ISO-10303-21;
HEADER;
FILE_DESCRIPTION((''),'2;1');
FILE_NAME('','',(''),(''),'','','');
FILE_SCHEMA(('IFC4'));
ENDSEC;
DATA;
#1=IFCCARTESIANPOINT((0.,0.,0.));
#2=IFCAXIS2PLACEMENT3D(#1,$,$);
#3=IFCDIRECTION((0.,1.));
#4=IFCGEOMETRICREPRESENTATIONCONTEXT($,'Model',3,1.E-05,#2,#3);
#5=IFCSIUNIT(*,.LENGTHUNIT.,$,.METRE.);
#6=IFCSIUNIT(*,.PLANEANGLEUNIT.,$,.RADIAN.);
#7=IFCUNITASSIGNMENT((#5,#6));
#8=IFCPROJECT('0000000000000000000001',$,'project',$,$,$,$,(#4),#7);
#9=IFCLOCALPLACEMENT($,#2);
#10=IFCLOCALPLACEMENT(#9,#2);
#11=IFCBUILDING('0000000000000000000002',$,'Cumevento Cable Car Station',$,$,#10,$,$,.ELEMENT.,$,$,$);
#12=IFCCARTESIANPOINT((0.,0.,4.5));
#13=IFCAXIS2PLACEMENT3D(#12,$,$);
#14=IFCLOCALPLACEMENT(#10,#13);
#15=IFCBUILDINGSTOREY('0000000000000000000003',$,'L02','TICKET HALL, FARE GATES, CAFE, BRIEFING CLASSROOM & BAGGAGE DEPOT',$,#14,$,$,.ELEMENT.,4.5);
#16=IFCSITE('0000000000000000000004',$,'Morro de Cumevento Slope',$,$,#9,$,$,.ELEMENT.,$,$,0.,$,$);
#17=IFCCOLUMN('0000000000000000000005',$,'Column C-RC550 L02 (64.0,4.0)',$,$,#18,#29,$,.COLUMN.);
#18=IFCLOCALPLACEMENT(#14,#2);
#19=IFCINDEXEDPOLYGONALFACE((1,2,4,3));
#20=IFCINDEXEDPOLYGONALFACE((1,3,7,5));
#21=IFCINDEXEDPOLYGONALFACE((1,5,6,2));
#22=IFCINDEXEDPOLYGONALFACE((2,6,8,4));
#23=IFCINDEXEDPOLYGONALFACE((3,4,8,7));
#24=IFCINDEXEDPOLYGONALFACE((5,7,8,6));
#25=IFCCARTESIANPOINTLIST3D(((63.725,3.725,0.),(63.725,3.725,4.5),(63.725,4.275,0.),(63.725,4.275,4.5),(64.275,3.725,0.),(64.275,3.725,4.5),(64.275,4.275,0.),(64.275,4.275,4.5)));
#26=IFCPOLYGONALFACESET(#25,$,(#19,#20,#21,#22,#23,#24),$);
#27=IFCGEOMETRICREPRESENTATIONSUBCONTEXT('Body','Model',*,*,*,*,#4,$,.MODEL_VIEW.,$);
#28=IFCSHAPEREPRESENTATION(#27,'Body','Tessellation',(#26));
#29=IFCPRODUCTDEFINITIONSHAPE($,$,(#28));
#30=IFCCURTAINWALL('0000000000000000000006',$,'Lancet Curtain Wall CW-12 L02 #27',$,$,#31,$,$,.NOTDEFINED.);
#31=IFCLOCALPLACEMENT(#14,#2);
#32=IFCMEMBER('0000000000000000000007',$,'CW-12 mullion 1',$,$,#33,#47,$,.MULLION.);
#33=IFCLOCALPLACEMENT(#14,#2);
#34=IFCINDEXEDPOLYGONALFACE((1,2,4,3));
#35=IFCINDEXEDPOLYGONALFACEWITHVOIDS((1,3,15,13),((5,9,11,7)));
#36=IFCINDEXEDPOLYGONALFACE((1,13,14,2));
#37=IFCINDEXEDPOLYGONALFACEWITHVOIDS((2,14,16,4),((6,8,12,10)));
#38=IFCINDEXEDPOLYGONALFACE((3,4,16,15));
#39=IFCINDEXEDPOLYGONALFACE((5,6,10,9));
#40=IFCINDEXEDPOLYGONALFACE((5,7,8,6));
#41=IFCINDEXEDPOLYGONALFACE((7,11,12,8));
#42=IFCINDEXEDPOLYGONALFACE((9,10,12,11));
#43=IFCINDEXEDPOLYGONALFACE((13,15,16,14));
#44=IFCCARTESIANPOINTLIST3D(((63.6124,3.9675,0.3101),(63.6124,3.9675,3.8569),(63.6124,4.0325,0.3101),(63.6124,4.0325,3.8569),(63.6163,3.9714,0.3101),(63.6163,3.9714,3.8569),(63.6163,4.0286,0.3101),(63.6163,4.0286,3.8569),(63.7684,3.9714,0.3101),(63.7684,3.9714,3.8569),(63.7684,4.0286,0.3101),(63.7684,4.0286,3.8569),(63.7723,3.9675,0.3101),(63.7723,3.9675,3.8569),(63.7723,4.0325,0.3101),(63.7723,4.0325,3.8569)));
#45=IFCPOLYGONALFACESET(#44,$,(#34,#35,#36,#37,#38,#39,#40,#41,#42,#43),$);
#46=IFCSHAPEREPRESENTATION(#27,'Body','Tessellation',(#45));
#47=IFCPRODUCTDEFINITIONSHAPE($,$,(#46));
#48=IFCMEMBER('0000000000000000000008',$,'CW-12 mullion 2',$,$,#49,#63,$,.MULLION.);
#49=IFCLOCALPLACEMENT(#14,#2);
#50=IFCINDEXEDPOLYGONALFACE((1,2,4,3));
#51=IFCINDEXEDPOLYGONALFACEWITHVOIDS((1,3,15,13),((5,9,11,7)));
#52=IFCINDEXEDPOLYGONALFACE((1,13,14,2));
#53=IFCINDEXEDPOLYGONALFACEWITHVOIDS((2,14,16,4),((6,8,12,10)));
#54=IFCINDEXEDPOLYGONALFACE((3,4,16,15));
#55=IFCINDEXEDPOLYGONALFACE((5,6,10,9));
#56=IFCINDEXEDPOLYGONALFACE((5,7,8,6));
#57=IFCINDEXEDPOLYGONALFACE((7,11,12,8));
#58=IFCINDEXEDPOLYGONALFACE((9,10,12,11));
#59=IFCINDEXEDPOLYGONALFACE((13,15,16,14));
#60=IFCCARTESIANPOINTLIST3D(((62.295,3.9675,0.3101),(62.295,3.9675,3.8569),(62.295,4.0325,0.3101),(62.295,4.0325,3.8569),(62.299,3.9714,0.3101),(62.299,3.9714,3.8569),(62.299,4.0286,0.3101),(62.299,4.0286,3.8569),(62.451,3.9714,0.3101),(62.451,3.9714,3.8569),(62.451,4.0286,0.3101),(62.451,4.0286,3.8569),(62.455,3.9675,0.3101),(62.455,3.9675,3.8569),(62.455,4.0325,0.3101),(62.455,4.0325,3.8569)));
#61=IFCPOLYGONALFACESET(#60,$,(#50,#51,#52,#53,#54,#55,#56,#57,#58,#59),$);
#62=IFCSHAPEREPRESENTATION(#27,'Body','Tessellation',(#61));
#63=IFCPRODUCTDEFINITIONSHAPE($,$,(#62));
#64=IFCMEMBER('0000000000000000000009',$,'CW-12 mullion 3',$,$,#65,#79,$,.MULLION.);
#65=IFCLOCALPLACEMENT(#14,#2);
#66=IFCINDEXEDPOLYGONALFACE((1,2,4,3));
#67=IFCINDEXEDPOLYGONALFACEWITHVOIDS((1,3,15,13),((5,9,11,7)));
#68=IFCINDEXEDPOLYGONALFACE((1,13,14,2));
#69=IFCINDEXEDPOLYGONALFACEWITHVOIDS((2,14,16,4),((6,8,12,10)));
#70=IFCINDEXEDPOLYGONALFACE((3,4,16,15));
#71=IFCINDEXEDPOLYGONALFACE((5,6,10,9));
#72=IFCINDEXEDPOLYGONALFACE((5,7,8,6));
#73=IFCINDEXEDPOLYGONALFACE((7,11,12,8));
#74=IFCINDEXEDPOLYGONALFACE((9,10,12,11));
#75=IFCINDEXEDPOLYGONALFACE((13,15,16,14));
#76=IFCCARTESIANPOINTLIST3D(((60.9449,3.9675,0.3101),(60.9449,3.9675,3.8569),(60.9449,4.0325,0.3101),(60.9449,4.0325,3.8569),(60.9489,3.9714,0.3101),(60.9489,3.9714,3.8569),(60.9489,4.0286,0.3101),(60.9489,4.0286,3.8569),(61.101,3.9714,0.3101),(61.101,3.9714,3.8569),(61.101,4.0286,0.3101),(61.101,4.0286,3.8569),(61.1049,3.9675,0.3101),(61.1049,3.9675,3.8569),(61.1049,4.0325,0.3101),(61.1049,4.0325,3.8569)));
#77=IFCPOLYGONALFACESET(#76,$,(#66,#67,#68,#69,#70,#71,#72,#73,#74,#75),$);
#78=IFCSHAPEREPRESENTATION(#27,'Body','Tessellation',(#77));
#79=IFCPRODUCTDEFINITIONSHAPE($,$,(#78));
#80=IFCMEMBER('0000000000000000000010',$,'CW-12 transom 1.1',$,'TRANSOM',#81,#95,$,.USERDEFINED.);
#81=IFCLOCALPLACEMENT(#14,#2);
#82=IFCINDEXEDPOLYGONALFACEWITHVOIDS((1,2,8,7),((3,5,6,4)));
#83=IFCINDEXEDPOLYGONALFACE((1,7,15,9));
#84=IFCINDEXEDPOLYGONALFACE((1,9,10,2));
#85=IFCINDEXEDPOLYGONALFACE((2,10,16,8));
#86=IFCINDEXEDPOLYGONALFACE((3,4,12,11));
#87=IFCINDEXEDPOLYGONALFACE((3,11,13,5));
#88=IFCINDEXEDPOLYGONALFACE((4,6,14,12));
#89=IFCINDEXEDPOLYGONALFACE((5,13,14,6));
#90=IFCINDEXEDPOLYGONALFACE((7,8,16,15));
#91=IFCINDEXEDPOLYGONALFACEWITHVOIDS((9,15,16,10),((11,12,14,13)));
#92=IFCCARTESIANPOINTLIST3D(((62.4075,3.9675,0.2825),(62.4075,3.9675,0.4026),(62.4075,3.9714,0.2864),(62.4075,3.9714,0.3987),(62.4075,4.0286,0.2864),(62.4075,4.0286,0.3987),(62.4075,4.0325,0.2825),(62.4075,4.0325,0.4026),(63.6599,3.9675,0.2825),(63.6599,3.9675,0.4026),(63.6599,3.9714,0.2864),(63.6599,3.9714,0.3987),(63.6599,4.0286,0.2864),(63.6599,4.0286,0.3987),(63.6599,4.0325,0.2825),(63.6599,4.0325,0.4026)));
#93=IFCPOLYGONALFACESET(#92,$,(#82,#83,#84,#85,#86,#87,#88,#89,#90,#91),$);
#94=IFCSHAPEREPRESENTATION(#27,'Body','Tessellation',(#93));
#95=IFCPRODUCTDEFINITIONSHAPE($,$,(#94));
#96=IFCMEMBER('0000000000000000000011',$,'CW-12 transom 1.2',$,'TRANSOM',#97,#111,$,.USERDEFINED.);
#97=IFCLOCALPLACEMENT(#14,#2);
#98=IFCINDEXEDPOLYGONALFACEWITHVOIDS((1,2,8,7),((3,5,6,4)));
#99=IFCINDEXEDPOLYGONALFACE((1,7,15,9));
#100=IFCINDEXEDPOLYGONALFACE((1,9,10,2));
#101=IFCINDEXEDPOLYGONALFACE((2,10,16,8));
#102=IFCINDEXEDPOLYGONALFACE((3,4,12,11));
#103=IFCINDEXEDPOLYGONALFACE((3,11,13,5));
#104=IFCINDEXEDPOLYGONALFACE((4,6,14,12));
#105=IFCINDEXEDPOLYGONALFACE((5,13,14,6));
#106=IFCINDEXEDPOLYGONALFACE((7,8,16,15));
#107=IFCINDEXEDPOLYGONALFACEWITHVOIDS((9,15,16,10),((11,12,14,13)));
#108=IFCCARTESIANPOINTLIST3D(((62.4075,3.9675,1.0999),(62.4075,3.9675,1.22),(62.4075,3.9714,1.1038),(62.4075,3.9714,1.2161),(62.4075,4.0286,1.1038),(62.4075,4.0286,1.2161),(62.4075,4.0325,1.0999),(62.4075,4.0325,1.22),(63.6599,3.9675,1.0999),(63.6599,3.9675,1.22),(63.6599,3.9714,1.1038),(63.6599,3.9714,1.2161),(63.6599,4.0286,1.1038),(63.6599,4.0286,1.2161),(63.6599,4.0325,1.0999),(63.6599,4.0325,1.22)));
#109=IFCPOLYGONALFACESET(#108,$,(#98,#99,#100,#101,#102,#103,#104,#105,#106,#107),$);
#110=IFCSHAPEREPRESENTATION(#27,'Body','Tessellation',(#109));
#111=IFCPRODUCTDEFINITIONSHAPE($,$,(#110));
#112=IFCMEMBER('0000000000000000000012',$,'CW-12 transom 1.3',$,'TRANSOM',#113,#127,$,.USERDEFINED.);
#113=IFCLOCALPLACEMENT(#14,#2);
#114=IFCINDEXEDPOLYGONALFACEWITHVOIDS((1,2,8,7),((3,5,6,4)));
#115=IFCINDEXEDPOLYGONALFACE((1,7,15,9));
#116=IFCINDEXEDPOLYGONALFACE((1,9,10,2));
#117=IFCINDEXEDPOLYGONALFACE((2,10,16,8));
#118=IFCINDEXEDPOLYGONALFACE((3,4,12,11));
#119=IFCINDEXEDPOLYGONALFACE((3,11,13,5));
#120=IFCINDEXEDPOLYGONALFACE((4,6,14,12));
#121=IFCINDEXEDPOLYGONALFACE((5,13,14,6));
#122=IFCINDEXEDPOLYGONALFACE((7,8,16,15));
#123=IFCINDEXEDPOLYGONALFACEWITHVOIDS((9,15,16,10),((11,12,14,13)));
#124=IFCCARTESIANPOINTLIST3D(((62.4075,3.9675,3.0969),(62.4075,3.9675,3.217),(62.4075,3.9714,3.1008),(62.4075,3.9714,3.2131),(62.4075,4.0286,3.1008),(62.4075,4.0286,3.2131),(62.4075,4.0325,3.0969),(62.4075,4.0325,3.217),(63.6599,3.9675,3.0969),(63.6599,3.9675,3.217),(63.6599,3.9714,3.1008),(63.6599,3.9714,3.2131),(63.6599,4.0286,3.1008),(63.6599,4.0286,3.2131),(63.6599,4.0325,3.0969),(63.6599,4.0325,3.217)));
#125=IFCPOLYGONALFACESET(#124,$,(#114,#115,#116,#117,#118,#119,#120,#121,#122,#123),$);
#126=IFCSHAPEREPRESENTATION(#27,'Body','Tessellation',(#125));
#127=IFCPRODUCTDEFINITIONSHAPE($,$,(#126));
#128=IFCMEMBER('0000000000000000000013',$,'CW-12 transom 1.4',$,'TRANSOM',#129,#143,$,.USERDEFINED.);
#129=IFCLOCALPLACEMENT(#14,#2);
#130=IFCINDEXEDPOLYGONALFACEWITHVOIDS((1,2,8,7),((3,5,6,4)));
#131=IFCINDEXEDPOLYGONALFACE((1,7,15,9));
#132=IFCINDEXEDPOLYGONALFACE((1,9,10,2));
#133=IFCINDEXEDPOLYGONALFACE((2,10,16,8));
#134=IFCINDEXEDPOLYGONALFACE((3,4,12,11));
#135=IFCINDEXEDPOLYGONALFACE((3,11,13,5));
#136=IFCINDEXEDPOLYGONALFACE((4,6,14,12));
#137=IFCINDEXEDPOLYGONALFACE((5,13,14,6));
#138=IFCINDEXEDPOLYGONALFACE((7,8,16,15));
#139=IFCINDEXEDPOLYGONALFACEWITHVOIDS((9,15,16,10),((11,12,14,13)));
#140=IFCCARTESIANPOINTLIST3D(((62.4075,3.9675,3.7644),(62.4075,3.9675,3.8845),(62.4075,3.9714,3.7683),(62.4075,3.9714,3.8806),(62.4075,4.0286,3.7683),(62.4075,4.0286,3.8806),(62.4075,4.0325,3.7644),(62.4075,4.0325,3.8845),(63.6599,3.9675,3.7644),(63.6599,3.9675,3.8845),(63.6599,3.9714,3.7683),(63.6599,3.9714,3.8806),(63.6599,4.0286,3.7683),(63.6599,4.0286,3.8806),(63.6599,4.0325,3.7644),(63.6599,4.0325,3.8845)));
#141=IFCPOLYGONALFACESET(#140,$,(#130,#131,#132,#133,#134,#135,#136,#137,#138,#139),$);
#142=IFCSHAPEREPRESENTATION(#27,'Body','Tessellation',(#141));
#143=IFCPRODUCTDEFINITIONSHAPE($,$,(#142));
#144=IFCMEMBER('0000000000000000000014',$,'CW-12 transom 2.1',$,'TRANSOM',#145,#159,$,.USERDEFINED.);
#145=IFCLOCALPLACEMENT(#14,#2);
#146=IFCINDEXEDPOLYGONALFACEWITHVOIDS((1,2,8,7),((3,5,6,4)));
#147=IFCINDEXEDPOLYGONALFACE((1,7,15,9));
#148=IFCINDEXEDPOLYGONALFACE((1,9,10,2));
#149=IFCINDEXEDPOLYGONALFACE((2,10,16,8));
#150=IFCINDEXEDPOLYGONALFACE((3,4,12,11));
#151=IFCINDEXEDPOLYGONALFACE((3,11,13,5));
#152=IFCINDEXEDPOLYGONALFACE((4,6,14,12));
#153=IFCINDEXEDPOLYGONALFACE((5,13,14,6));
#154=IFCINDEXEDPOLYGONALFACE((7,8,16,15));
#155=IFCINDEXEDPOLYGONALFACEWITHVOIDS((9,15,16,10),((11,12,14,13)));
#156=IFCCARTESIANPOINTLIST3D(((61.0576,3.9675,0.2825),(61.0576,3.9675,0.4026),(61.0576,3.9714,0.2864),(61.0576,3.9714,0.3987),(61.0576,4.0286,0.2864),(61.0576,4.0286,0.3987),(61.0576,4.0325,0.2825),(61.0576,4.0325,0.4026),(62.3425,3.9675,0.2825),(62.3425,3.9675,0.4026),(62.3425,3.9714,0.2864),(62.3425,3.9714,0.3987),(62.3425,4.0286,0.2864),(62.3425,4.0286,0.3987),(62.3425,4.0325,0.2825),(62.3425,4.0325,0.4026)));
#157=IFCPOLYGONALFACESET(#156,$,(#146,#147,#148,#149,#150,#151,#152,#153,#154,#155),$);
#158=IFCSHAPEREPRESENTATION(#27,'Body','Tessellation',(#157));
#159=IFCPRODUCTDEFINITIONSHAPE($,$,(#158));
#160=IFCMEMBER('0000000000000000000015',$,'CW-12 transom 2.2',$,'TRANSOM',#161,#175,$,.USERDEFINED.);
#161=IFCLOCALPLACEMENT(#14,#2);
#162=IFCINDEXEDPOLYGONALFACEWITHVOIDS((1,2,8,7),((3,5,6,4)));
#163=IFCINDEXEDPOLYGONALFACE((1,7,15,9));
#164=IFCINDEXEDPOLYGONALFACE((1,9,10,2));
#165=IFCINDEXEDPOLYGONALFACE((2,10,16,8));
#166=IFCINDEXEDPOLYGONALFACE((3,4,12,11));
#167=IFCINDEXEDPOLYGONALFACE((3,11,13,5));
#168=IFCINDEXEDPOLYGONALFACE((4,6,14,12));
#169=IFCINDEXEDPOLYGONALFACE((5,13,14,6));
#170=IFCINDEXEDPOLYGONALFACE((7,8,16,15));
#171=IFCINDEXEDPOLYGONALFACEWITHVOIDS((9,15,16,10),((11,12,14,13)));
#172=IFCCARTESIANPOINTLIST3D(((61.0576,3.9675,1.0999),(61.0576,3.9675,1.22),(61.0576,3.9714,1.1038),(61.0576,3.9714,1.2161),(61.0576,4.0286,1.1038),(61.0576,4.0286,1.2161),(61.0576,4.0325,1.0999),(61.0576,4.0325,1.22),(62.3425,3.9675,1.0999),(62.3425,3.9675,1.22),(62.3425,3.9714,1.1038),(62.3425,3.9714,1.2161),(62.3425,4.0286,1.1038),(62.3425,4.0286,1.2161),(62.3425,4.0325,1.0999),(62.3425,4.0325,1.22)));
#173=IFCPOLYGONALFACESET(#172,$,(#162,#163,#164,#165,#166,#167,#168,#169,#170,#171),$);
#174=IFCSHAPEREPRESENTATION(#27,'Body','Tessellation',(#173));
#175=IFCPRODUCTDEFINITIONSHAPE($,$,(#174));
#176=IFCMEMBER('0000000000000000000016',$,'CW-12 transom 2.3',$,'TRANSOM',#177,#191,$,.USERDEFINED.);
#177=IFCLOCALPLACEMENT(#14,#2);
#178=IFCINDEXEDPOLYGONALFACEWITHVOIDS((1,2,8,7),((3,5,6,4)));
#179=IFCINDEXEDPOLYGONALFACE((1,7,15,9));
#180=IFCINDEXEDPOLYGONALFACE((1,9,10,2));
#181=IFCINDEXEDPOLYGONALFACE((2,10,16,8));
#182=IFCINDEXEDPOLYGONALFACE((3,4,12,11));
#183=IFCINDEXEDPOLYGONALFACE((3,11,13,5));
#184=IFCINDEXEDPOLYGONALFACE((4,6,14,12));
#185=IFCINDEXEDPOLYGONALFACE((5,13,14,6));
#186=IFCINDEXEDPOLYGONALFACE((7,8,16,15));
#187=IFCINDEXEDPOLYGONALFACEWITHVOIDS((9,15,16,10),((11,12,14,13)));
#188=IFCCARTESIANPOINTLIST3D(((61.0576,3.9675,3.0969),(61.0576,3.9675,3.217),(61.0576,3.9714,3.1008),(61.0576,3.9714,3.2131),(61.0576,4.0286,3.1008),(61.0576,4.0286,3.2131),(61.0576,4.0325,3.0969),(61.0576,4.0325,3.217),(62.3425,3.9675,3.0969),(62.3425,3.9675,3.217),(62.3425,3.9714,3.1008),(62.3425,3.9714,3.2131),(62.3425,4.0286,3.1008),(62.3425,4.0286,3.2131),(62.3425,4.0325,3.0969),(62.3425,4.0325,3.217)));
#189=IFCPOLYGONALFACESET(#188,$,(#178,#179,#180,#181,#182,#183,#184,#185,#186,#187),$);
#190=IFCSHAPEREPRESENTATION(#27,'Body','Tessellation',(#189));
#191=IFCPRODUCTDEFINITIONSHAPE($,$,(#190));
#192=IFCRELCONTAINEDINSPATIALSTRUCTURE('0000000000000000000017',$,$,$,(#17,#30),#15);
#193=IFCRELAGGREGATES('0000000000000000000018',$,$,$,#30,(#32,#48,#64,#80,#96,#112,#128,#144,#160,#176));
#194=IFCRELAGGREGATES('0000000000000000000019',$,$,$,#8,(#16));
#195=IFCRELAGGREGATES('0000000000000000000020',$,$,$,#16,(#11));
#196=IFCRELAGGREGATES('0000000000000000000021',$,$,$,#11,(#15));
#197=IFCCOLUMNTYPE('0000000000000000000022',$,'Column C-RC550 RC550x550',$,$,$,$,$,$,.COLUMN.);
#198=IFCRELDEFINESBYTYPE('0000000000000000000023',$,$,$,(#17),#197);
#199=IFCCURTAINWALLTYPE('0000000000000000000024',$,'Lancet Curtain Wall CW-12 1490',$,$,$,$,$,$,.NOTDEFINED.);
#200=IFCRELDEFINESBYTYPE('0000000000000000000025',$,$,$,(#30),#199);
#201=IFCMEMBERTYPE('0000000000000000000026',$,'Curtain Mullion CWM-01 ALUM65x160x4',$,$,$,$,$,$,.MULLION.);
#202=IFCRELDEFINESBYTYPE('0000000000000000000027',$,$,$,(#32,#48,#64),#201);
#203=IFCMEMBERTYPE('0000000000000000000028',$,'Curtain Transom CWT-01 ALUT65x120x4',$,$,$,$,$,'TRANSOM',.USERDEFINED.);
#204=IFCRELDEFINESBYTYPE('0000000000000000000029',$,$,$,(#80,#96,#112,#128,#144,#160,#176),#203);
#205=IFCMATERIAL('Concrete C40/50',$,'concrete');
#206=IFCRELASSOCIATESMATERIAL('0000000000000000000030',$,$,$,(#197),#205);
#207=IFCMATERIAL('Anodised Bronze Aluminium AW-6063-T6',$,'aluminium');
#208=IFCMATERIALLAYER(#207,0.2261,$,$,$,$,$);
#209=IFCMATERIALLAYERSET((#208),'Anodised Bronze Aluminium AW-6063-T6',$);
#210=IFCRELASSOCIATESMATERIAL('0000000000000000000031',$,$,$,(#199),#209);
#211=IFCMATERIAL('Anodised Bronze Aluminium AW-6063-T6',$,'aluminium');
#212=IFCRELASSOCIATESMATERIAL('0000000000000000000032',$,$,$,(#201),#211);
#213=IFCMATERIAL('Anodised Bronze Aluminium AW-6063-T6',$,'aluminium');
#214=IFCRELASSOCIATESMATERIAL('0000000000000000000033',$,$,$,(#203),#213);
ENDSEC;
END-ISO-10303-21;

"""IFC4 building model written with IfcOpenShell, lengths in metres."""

from ifc_helpers import new_model, si_unit, direction, frame, origin, origin_2d, place, context, subcontext, project, spatial, rectangle, hollow_rectangle, extrude, material, layer, layer_set, material_profile, profile_set, type_object, element, aggregate, save


model = new_model("IFC4")

# Units and contexts
model_context = context("Model", 3, precision=1e-05, world=origin(), true_north=direction((0.0, 1.0)))
body_context = subcontext(model_context, "Body", "Model", "MODEL_VIEW")
ifc_project = project(units=[si_unit("LENGTHUNIT", "METRE"), si_unit("PLANEANGLEUNIT", "RADIAN")], contexts=[model_context])

# Site, building, storey
site_placement = place(None, origin())
site = spatial("IfcSite", under=ifc_project, at=site_placement, Name="Morro de Cumevento Slope", CompositionType="ELEMENT", RefElevation=0.0)
building_placement = place(site_placement, origin())
building = spatial("IfcBuilding", under=site, at=building_placement, Name="Cumevento Cable Car Station", CompositionType="ELEMENT")
storey_placement = place(building_placement, frame((0.0, 0.0, 4.5)))
storey = spatial("IfcBuildingStorey", under=building, at=storey_placement, Name="L02", Description="TICKET HALL, FARE GATES, CAFE, BRIEFING CLASSROOM & BAGGAGE DEPOT", CompositionType="ELEMENT", Elevation=4.5)

# Column
ifc_material_1 = material(Name="Concrete C40/50", Category="concrete")
ifc_material_profile_1 = material_profile(ifc_material_1, rectangle(XDim=0.55, YDim=0.55, at=origin_2d()), Name="RC550x550")
ifc_profile_set_1 = profile_set([ifc_material_profile_1], Name="Concrete C40/50")
column_type = type_object("IfcColumnType", Name="Column C-RC550 RC550x550", PredefinedType="COLUMN", material=ifc_profile_set_1)
column_placement = place(storey_placement, frame((64.0, 4.0, 0.0), z_axis=(0.0, 0.0, 1.0), x_axis=(1.0, 0.0, 0.0)))
element("IfcColumn", 1, at=column_placement, inside=storey, type_object=column_type, Name="Column C-RC550 L02 (64.0,4.0)", PredefinedType="COLUMN", context=body_context, shape_type="SweptSolid", body=[
    extrude(rectangle(XDim=0.55, YDim=0.55, at=origin_2d()), origin(), (0.0, 0.0, 1.0), 4.5),
])

# Curtain wall, members
ifc_material_2 = material(Name="Anodised Bronze Aluminium AW-6063-T6", Category="aluminium")
ifc_layer_1 = layer(ifc_material_2, 0.2261)
ifc_layer_set_1 = layer_set([ifc_layer_1], Name="Anodised Bronze Aluminium AW-6063-T6")
curtain_wall_type = type_object("IfcCurtainWallType", Name="Lancet Curtain Wall CW-12 1490", PredefinedType="NOTDEFINED", material=ifc_layer_set_1)
curtain_wall_placement = place(storey_placement, origin())
curtain_wall = element("IfcCurtainWall", 2, at=curtain_wall_placement, inside=storey, type_object=curtain_wall_type, Name="Lancet Curtain Wall CW-12 L02 #27", PredefinedType="NOTDEFINED")
ifc_material_3 = material(Name="Anodised Bronze Aluminium AW-6063-T6", Category="aluminium")
ifc_material_profile_2 = material_profile(ifc_material_3, hollow_rectangle(XDim=0.0649, YDim=0.1599, WallThickness=0.0039, at=origin_2d()), Name="ALUM65x160x4")
ifc_profile_set_2 = profile_set([ifc_material_profile_2], Name="Anodised Bronze Aluminium AW-6063-T6")
member_type_1 = type_object("IfcMemberType", Name="Curtain Mullion CWM-01 ALUM65x160x4", PredefinedType="MULLION", material=ifc_profile_set_2)
member_1_placement = place(storey_placement, frame((63.6924, 4.0, 0.3101), z_axis=(0.0, 0.0, 1.0), x_axis=(0.0, -1.0, 0.0)))
member_1 = element("IfcMember", 3, at=member_1_placement, type_object=member_type_1, Name="CW-12 mullion 1", PredefinedType="MULLION", context=body_context, shape_type="SweptSolid", body=[
    extrude(hollow_rectangle(XDim=0.0649, YDim=0.1599, WallThickness=0.0039, at=origin_2d()), origin(), (0.0, 0.0, 1.0), 3.5469),
])
member_2_placement = place(storey_placement, frame((62.375, 4.0, 0.3101), z_axis=(0.0, 0.0, 1.0), x_axis=(0.0, -1.0, 0.0)))
member_2 = element("IfcMember", 4, at=member_2_placement, type_object=member_type_1, Name="CW-12 mullion 2", PredefinedType="MULLION", context=body_context, shape_type="SweptSolid", body=[
    extrude(hollow_rectangle(XDim=0.0649, YDim=0.1599, WallThickness=0.0039, at=origin_2d()), origin(), (0.0, 0.0, 1.0), 3.5469),
])
member_3_placement = place(storey_placement, frame((61.0249, 4.0, 0.3101), z_axis=(0.0, 0.0, 1.0), x_axis=(0.0, -1.0, 0.0)))
member_3 = element("IfcMember", 5, at=member_3_placement, type_object=member_type_1, Name="CW-12 mullion 3", PredefinedType="MULLION", context=body_context, shape_type="SweptSolid", body=[
    extrude(hollow_rectangle(XDim=0.0649, YDim=0.1599, WallThickness=0.0039, at=origin_2d()), origin(), (0.0, 0.0, 1.0), 3.5469),
])
ifc_material_4 = material(Name="Anodised Bronze Aluminium AW-6063-T6", Category="aluminium")
ifc_material_profile_3 = material_profile(ifc_material_4, hollow_rectangle(XDim=0.0649, YDim=0.1201, WallThickness=0.0039, at=origin_2d()), Name="ALUT65x120x4")
ifc_profile_set_3 = profile_set([ifc_material_profile_3], Name="Anodised Bronze Aluminium AW-6063-T6")
member_type_2 = type_object("IfcMemberType", Name="Curtain Transom CWT-01 ALUT65x120x4", ElementType="TRANSOM", PredefinedType="USERDEFINED", material=ifc_profile_set_3)
member_4_placement = place(storey_placement, frame((63.6599, 4.0, 0.3425), z_axis=(-1.0, 0.0, 0.0), x_axis=(0.0, -1.0, 0.0)))
member_4 = element("IfcMember", 6, at=member_4_placement, type_object=member_type_2, Name="CW-12 transom 1.1", ObjectType="TRANSOM", PredefinedType="USERDEFINED", context=body_context, shape_type="SweptSolid", body=[
    extrude(hollow_rectangle(XDim=0.0649, YDim=0.1201, WallThickness=0.0039, at=origin_2d()), origin(), (0.0, 0.0, 1.0), 1.2524),
])
member_5_placement = place(storey_placement, frame((63.6599, 4.0, 1.1599), z_axis=(-1.0, 0.0, 0.0), x_axis=(0.0, -1.0, 0.0)))
member_5 = element("IfcMember", 7, at=member_5_placement, type_object=member_type_2, Name="CW-12 transom 1.2", ObjectType="TRANSOM", PredefinedType="USERDEFINED", context=body_context, shape_type="SweptSolid", body=[
    extrude(hollow_rectangle(XDim=0.0649, YDim=0.1201, WallThickness=0.0039, at=origin_2d()), origin(), (0.0, 0.0, 1.0), 1.2524),
])
member_6_placement = place(storey_placement, frame((63.6599, 4.0, 3.157), z_axis=(-1.0, 0.0, 0.0), x_axis=(0.0, -1.0, 0.0)))
member_6 = element("IfcMember", 8, at=member_6_placement, type_object=member_type_2, Name="CW-12 transom 1.3", ObjectType="TRANSOM", PredefinedType="USERDEFINED", context=body_context, shape_type="SweptSolid", body=[
    extrude(hollow_rectangle(XDim=0.0649, YDim=0.1201, WallThickness=0.0039, at=origin_2d()), origin(), (0.0, 0.0, 1.0), 1.2524),
])
member_7_placement = place(storey_placement, frame((63.6599, 4.0, 3.8245), z_axis=(-1.0, 0.0, 0.0), x_axis=(0.0, -1.0, 0.0)))
member_7 = element("IfcMember", 9, at=member_7_placement, type_object=member_type_2, Name="CW-12 transom 1.4", ObjectType="TRANSOM", PredefinedType="USERDEFINED", context=body_context, shape_type="SweptSolid", body=[
    extrude(hollow_rectangle(XDim=0.0649, YDim=0.1201, WallThickness=0.0039, at=origin_2d()), origin(), (0.0, 0.0, 1.0), 1.2524),
])
member_8_placement = place(storey_placement, frame((62.3425, 4.0, 0.3425), z_axis=(-1.0, 0.0, 0.0), x_axis=(0.0, -1.0, 0.0)))
member_8 = element("IfcMember", 10, at=member_8_placement, type_object=member_type_2, Name="CW-12 transom 2.1", ObjectType="TRANSOM", PredefinedType="USERDEFINED", context=body_context, shape_type="SweptSolid", body=[
    extrude(hollow_rectangle(XDim=0.0649, YDim=0.1201, WallThickness=0.0039, at=origin_2d()), origin(), (0.0, 0.0, 1.0), 1.2849),
])
member_9_placement = place(storey_placement, frame((62.3425, 4.0, 1.1599), z_axis=(-1.0, 0.0, 0.0), x_axis=(0.0, -1.0, 0.0)))
member_9 = element("IfcMember", 11, at=member_9_placement, type_object=member_type_2, Name="CW-12 transom 2.2", ObjectType="TRANSOM", PredefinedType="USERDEFINED", context=body_context, shape_type="SweptSolid", body=[
    extrude(hollow_rectangle(XDim=0.0649, YDim=0.1201, WallThickness=0.0039, at=origin_2d()), origin(), (0.0, 0.0, 1.0), 1.2849),
])
member_10_placement = place(storey_placement, frame((62.3425, 4.0, 3.157), z_axis=(-1.0, 0.0, 0.0), x_axis=(0.0, -1.0, 0.0)))
member_10 = element("IfcMember", 12, at=member_10_placement, type_object=member_type_2, Name="CW-12 transom 2.3", ObjectType="TRANSOM", PredefinedType="USERDEFINED", context=body_context, shape_type="SweptSolid", body=[
    extrude(hollow_rectangle(XDim=0.0649, YDim=0.1201, WallThickness=0.0039, at=origin_2d()), origin(), (0.0, 0.0, 1.0), 1.2849),
])

aggregate(curtain_wall, [member_1, member_2, member_3, member_4, member_5, member_6, member_7, member_8, member_9, member_10])

save(model, "model.ifc")
